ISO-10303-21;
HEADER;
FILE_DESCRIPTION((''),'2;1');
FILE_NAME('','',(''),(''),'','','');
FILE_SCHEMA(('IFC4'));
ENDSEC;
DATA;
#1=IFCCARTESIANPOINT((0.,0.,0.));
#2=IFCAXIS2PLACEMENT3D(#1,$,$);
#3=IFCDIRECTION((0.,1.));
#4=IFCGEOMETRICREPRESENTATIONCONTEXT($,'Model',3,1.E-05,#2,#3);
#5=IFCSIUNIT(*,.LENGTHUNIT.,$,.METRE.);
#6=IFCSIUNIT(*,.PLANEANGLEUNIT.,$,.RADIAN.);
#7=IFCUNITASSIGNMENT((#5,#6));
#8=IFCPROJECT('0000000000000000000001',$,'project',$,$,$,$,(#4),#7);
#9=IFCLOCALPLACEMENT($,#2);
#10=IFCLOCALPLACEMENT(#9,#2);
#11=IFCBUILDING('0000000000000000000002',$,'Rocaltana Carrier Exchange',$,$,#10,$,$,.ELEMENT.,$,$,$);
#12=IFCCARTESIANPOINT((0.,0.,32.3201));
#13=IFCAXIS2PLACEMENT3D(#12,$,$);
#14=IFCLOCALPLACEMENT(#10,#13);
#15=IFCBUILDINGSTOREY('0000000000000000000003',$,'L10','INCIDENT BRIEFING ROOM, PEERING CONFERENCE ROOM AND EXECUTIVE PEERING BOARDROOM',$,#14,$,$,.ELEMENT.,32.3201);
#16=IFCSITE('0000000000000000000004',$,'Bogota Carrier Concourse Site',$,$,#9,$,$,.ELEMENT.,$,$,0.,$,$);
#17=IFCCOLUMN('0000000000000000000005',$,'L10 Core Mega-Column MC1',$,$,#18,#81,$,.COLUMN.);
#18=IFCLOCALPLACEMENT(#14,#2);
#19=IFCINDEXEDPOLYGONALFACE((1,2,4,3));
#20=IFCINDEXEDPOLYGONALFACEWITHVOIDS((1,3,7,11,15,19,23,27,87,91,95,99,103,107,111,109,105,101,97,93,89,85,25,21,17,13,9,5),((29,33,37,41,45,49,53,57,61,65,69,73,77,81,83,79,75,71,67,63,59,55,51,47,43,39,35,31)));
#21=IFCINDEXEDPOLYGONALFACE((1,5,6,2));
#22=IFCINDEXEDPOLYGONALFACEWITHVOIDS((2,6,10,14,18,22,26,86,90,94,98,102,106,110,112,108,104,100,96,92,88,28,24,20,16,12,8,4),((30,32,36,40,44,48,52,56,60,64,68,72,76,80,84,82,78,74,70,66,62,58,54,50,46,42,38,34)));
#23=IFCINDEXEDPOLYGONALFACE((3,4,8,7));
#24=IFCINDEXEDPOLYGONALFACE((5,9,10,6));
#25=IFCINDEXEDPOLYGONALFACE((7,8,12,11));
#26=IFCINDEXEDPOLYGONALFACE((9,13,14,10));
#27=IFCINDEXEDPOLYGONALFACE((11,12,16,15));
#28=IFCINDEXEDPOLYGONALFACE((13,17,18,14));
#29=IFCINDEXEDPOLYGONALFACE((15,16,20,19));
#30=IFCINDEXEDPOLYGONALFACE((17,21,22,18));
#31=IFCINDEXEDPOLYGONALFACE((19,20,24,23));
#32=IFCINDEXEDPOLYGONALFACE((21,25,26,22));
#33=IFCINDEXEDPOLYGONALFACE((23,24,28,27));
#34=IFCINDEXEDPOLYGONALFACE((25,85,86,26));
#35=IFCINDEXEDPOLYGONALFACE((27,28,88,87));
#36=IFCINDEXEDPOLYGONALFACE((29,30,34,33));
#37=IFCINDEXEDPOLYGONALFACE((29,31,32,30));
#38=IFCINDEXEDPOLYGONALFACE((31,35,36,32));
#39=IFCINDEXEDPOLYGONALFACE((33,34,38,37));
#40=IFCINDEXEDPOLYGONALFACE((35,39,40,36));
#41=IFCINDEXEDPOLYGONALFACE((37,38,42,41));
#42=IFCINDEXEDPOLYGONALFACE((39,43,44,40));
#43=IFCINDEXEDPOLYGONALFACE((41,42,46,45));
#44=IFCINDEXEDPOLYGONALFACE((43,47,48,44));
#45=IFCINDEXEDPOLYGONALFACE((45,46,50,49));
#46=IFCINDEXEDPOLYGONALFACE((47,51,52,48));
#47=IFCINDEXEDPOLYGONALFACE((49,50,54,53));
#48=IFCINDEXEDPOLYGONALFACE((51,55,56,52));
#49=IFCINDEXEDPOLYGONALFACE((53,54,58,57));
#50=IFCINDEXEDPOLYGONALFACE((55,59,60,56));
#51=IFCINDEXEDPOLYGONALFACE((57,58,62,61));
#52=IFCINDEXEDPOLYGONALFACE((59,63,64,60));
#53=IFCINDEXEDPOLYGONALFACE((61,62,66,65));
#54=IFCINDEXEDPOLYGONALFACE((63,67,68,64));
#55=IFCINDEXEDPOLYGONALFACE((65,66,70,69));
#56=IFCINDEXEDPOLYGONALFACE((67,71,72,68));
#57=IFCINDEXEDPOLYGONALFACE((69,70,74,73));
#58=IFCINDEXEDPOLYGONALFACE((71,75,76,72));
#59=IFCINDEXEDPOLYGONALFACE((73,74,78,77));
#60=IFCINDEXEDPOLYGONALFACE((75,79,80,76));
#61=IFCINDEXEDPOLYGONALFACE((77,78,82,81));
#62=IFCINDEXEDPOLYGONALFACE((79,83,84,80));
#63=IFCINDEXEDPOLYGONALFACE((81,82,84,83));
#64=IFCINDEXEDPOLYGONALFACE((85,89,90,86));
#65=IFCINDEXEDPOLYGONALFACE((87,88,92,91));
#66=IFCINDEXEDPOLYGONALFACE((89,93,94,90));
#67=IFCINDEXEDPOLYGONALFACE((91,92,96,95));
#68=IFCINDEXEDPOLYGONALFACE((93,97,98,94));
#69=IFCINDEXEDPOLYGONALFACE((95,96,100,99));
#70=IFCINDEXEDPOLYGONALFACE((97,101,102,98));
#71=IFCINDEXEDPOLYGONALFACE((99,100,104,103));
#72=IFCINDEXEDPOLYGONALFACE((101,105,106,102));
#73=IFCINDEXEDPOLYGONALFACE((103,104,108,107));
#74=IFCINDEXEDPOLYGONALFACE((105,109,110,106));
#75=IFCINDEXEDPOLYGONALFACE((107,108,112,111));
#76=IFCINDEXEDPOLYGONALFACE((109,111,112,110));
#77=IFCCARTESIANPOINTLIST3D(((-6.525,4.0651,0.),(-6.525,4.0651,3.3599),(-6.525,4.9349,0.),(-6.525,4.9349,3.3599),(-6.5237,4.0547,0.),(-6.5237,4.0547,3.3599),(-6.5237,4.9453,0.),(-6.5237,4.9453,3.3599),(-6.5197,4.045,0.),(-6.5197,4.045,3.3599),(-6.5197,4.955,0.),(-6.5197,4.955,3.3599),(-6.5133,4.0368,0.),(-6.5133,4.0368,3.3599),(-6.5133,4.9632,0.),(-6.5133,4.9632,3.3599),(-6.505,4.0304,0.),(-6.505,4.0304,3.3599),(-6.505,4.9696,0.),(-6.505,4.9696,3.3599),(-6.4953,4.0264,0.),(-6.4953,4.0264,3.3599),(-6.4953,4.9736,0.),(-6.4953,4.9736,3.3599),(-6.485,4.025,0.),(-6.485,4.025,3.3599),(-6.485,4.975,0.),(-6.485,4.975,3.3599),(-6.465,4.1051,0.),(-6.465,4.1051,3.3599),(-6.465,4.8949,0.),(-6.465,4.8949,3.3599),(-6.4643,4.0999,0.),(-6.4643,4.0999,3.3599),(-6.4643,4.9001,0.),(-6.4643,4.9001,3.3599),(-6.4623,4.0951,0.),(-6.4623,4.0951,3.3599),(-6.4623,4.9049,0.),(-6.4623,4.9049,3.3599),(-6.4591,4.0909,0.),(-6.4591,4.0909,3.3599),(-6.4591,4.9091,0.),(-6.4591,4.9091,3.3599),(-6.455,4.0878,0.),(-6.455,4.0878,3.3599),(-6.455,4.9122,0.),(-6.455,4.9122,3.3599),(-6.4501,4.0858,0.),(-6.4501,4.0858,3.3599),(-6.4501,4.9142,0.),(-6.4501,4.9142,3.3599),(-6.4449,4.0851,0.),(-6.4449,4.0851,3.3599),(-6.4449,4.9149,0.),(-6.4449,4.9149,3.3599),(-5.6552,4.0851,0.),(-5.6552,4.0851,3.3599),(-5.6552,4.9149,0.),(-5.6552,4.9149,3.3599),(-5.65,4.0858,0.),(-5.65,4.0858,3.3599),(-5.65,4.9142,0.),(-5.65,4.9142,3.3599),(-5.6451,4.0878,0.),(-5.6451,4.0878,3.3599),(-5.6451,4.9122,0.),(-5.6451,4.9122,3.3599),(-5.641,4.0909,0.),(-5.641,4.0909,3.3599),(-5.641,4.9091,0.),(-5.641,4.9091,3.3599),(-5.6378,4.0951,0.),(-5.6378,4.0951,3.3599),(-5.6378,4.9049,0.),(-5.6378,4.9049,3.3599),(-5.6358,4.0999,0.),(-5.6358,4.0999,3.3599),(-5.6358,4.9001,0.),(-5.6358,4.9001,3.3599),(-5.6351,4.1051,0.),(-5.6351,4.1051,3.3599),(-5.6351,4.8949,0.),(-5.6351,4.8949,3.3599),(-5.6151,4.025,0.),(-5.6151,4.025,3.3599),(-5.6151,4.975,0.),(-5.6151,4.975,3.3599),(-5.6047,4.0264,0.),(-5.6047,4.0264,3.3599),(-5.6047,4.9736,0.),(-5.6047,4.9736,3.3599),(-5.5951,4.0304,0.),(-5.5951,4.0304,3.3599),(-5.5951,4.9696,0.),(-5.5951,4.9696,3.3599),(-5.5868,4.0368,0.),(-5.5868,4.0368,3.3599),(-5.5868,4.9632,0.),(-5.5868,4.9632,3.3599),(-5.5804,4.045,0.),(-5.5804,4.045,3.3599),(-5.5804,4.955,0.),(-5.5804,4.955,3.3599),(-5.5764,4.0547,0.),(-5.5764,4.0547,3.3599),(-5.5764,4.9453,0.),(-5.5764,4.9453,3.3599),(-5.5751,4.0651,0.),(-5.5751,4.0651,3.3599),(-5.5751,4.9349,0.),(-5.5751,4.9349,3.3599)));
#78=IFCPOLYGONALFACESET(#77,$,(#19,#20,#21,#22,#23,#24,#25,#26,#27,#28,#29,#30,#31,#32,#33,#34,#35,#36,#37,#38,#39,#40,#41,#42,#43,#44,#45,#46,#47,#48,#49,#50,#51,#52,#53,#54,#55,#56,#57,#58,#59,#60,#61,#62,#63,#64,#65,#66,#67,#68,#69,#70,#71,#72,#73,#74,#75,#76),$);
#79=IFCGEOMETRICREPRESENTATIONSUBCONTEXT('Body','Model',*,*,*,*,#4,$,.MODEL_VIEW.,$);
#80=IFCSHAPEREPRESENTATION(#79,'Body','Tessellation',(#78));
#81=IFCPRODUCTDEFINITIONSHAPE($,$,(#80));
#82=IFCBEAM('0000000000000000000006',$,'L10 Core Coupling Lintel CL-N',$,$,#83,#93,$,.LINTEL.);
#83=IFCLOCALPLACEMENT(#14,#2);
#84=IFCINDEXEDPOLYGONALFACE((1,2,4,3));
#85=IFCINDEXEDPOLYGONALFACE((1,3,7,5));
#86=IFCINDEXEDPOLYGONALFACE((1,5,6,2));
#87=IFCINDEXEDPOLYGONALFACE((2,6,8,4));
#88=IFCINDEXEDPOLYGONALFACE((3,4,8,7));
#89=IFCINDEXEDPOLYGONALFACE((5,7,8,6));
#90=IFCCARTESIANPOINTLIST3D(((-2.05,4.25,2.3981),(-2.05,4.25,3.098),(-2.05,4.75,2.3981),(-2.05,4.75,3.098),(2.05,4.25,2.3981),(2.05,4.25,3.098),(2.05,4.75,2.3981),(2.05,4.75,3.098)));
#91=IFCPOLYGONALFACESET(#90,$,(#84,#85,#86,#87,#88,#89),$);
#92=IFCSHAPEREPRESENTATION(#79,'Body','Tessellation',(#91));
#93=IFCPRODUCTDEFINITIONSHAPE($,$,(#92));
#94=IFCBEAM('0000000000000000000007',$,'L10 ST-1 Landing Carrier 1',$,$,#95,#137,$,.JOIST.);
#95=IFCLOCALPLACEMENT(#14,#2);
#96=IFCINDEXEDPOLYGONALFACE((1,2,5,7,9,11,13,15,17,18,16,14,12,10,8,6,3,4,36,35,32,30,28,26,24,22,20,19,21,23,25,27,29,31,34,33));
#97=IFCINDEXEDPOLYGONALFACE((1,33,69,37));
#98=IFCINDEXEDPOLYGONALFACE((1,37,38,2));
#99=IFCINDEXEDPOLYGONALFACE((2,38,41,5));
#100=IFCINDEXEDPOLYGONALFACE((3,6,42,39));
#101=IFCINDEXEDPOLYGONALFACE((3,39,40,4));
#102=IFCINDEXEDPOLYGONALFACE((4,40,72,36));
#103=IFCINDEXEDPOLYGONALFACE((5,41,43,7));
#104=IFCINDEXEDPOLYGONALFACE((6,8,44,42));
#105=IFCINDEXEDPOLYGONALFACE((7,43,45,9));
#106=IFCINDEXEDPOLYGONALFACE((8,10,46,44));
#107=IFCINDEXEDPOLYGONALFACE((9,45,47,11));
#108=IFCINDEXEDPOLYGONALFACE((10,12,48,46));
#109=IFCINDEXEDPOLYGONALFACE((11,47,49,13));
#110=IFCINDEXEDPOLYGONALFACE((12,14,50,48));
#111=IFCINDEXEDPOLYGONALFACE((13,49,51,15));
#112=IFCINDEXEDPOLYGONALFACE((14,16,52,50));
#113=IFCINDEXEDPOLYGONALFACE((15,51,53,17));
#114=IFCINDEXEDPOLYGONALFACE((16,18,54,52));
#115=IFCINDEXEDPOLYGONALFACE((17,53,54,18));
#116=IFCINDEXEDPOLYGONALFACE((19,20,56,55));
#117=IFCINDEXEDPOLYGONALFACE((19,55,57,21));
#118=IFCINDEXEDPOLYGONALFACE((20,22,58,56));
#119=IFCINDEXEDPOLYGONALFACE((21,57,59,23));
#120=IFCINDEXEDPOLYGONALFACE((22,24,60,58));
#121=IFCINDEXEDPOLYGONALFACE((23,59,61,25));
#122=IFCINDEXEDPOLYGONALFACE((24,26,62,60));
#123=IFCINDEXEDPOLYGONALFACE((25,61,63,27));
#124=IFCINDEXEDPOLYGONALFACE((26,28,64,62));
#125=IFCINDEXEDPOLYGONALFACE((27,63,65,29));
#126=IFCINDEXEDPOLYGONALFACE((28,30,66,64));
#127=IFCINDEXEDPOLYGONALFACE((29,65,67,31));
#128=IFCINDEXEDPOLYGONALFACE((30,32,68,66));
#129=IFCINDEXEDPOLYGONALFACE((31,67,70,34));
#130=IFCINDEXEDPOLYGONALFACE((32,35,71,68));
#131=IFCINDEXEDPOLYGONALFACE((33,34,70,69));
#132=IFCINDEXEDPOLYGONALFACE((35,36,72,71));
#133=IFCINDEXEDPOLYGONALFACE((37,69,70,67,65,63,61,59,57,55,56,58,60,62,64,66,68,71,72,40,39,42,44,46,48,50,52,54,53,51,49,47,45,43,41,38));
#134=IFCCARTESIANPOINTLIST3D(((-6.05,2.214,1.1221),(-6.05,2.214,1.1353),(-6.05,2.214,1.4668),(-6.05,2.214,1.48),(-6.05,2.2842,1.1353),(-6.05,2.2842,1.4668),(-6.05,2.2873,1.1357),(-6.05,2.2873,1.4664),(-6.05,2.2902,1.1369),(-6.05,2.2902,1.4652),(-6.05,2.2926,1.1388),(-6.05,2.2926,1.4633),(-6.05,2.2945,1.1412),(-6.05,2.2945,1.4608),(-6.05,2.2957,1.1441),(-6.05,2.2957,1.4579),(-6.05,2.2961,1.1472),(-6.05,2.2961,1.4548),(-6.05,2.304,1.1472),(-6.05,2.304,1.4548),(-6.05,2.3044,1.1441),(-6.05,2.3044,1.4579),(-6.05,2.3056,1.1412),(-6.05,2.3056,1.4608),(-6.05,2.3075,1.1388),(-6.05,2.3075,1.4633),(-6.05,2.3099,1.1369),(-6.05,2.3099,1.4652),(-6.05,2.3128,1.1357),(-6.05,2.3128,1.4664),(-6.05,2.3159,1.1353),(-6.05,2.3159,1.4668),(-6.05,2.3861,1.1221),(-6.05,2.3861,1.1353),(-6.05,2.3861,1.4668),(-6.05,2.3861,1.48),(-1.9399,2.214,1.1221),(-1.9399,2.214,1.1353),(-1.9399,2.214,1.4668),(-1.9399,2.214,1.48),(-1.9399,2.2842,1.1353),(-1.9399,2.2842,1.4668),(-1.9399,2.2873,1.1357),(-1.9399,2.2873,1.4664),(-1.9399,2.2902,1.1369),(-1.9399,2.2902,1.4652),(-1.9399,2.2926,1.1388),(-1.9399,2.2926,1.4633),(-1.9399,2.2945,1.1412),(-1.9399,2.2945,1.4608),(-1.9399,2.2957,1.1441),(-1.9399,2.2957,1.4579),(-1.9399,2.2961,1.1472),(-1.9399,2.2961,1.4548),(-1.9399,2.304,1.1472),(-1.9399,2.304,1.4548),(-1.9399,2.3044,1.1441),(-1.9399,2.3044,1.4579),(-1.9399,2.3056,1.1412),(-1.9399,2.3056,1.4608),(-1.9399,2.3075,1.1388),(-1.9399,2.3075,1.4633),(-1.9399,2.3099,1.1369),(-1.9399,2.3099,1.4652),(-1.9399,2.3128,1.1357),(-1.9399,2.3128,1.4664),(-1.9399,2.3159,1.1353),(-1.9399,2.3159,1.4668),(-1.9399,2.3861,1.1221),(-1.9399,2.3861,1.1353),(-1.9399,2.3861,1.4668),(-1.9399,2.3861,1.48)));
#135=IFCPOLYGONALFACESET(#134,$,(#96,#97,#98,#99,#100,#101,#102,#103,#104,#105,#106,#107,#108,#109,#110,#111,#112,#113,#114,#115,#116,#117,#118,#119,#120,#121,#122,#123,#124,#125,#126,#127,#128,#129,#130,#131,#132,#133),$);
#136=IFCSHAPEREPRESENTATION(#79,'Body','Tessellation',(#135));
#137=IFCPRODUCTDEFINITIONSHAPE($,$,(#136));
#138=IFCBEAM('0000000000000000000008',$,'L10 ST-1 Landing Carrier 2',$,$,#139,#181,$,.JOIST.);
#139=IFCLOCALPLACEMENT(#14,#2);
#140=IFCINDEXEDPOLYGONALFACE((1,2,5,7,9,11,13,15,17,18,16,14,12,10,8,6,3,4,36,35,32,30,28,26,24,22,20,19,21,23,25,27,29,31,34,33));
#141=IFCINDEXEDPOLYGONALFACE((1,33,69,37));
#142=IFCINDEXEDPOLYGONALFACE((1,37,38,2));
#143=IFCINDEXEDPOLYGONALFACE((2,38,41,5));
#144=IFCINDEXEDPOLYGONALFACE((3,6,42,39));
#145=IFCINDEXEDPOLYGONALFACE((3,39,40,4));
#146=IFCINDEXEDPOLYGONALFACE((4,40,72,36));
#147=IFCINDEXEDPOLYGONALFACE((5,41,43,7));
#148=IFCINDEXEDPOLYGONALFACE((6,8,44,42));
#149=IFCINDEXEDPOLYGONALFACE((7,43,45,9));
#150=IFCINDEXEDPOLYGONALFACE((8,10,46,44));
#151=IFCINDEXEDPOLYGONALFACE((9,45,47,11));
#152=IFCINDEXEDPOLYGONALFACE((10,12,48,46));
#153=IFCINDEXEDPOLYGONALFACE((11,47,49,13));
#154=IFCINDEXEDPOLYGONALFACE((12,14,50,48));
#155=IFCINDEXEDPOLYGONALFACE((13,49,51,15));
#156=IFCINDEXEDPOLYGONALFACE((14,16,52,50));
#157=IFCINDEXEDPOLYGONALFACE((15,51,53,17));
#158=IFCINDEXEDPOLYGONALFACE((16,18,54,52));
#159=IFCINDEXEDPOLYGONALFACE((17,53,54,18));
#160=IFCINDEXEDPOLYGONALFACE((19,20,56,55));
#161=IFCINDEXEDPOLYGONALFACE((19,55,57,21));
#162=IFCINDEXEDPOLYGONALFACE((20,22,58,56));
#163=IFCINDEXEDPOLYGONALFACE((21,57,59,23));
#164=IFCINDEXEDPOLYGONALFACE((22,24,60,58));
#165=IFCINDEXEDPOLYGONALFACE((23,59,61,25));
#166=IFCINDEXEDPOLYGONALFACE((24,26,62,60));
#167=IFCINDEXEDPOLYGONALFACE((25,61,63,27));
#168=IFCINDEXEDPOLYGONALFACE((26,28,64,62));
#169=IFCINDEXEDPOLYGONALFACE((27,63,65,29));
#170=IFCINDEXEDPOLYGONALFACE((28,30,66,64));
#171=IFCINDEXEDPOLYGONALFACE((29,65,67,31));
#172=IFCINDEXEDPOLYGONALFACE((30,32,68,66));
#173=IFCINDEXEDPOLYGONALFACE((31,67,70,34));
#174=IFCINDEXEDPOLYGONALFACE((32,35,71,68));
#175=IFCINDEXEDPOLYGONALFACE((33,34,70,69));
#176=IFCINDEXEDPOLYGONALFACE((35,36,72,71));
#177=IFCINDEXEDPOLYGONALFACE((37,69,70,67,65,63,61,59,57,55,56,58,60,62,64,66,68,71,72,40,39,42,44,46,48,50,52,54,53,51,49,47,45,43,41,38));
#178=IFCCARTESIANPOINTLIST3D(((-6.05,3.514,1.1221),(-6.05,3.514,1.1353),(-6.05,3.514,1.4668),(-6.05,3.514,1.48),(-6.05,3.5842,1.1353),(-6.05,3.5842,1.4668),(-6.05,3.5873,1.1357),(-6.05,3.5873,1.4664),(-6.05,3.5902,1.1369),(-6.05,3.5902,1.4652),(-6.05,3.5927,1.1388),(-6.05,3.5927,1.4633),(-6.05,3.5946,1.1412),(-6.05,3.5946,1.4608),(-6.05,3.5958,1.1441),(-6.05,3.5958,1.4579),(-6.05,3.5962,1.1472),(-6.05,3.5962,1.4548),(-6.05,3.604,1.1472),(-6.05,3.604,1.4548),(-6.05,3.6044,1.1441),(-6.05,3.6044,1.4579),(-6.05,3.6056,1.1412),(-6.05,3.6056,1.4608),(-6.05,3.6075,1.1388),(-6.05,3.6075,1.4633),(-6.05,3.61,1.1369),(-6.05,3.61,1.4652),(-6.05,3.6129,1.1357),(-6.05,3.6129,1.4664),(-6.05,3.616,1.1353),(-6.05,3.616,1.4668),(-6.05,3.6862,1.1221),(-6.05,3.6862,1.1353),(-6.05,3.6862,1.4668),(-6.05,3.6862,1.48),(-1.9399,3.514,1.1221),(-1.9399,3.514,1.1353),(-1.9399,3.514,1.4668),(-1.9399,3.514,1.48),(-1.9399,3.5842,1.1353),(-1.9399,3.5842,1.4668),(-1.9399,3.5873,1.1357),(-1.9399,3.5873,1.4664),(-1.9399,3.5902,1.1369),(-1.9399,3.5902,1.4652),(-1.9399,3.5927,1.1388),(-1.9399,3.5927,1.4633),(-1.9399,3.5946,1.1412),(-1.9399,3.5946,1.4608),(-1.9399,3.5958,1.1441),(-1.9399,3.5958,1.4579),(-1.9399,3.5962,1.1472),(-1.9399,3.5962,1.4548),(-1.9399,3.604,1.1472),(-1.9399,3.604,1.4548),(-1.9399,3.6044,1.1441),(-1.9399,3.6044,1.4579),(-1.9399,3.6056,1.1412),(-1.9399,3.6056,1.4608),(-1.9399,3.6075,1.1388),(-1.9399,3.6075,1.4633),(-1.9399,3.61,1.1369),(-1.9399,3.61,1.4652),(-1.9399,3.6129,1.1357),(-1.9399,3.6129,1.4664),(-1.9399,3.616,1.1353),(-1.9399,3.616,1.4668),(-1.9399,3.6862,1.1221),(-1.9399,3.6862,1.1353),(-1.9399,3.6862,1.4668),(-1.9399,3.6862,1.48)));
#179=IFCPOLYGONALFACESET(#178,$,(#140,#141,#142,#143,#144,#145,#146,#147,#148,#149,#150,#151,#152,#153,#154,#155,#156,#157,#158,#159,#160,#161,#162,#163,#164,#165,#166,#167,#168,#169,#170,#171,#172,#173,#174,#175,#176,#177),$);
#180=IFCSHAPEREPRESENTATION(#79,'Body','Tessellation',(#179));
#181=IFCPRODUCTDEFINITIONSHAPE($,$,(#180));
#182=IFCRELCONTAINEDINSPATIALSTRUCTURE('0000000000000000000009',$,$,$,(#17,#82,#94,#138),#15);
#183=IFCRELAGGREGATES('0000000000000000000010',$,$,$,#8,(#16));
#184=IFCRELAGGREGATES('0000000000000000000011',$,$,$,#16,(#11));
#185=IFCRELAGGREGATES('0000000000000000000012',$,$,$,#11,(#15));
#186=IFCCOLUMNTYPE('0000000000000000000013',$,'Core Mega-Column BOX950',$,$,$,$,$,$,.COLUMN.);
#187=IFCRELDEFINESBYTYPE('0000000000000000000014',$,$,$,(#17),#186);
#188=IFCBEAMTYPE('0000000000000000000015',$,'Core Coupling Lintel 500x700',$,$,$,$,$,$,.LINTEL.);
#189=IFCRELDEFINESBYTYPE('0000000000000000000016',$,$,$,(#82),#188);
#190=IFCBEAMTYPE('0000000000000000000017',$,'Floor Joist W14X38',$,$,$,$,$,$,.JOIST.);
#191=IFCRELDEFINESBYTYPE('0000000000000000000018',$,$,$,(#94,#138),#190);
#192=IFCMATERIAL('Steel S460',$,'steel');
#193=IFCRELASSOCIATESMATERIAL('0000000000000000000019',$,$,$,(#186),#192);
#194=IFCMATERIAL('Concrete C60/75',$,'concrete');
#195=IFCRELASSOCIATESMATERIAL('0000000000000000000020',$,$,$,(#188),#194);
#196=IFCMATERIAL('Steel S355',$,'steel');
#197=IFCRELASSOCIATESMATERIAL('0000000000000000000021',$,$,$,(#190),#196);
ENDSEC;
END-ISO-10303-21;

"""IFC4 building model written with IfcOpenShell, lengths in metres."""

from ifc_helpers import new_model, si_unit, direction, frame, origin, origin_2d, place, context, subcontext, project, spatial, rectangle, hollow_rectangle, i_section, extrude, material, material_profile, profile_set, type_object, element, save


model = new_model("IFC4")

# Units and contexts
model_context = context("Model", 3, precision=1e-05, world=origin(), true_north=direction((0.0, 1.0)))
body_context = subcontext(model_context, "Body", "Model", "MODEL_VIEW")
ifc_project = project(units=[si_unit("LENGTHUNIT", "METRE"), si_unit("PLANEANGLEUNIT", "RADIAN")], contexts=[model_context])

# Site, building, storey
site_placement = place(None, origin())
site = spatial("IfcSite", under=ifc_project, at=site_placement, Name="Bogota Carrier Concourse Site", CompositionType="ELEMENT", RefElevation=0.0)
building_placement = place(site_placement, origin())
building = spatial("IfcBuilding", under=site, at=building_placement, Name="Rocaltana Carrier Exchange", CompositionType="ELEMENT")
storey_placement = place(building_placement, frame((0.0, 0.0, 32.3201)))
storey = spatial("IfcBuildingStorey", under=building, at=storey_placement, Name="L10", Description="INCIDENT BRIEFING ROOM, PEERING CONFERENCE ROOM AND EXECUTIVE PEERING BOARDROOM", CompositionType="ELEMENT", Elevation=32.3201)

# Column
ifc_material_1 = material(Name="Steel S460", Category="steel")
ifc_material_profile_1 = material_profile(ifc_material_1, hollow_rectangle(XDim=0.95, YDim=0.95, WallThickness=0.0601, InnerFilletRadius=0.02, OuterFilletRadius=0.04, at=origin_2d()), Name="BOX950X950X60")
ifc_profile_set_1 = profile_set([ifc_material_profile_1], Name="Steel S460")
column_type = type_object("IfcColumnType", Name="Core Mega-Column BOX950", PredefinedType="COLUMN", material=ifc_profile_set_1)
column_placement = place(storey_placement, frame((-6.05, 4.5, 0.0), z_axis=(0.0, 0.0, 1.0), x_axis=(1.0, 0.0, 0.0)))
element("IfcColumn", 1, at=column_placement, inside=storey, type_object=column_type, Name="L10 Core Mega-Column MC1", PredefinedType="COLUMN", context=body_context, shape_type="SweptSolid", body=[
    extrude(hollow_rectangle(XDim=0.95, YDim=0.95, WallThickness=0.0601, InnerFilletRadius=0.02, OuterFilletRadius=0.04, at=origin_2d()), origin(), (0.0, 0.0, 1.0), 3.3599),
])

# Beams
ifc_material_2 = material(Name="Concrete C60/75", Category="concrete")
ifc_material_profile_2 = material_profile(ifc_material_2, rectangle(XDim=0.5, YDim=0.7, at=origin_2d()), Name="RC-BM-500X700")
ifc_profile_set_2 = profile_set([ifc_material_profile_2], Name="Concrete C60/75")
beam_type_1 = type_object("IfcBeamType", Name="Core Coupling Lintel 500x700", PredefinedType="LINTEL", material=ifc_profile_set_2)
beam_1_placement = place(storey_placement, frame((-2.05, 4.5, 2.748), z_axis=(1.0, 0.0, 0.0), x_axis=(0.0, 1.0, 0.0)))
element("IfcBeam", 2, at=beam_1_placement, inside=storey, type_object=beam_type_1, Name="L10 Core Coupling Lintel CL-N", PredefinedType="LINTEL", context=body_context, shape_type="SweptSolid", body=[
    extrude(rectangle(XDim=0.5, YDim=0.7, at=origin_2d()), origin(), (0.0, 0.0, 1.0), 4.1001),
])
ifc_material_3 = material(Name="Steel S355", Category="steel")
ifc_material_profile_3 = material_profile(ifc_material_3, i_section(OverallWidth=0.1721, OverallDepth=0.3579, WebThickness=0.0078, FlangeThickness=0.0132, FilletRadius=0.012, at=origin_2d()), Name="W14X38")
ifc_profile_set_3 = profile_set([ifc_material_profile_3], Name="Steel S355")
beam_type_2 = type_object("IfcBeamType", Name="Floor Joist W14X38", PredefinedType="JOIST", material=ifc_profile_set_3)
for number, where, z_axis, x_axis, name in (
    (3, (-6.05, 2.3, 1.301), (1.0, 0.0, 0.0), (0.0, 1.0, 0.0), "L10 ST-1 Landing Carrier 1"),
    (4, (-6.05, 3.6001, 1.301), (1.0, 0.0, 0.0), (0.0, 1.0, 0.0), "L10 ST-1 Landing Carrier 2"),
):
    element("IfcBeam", number, at=place(storey_placement, frame(where, z_axis=z_axis, x_axis=x_axis)), inside=storey, type_object=beam_type_2, Name=name, PredefinedType="JOIST", context=body_context, shape_type="SweptSolid", body=[
        extrude(i_section(OverallWidth=0.1721, OverallDepth=0.3579, WebThickness=0.0078, FlangeThickness=0.0132, FilletRadius=0.012, at=origin_2d()), origin(), (0.0, 0.0, 1.0), 4.1101),
    ])

save(model, "model.ifc")
